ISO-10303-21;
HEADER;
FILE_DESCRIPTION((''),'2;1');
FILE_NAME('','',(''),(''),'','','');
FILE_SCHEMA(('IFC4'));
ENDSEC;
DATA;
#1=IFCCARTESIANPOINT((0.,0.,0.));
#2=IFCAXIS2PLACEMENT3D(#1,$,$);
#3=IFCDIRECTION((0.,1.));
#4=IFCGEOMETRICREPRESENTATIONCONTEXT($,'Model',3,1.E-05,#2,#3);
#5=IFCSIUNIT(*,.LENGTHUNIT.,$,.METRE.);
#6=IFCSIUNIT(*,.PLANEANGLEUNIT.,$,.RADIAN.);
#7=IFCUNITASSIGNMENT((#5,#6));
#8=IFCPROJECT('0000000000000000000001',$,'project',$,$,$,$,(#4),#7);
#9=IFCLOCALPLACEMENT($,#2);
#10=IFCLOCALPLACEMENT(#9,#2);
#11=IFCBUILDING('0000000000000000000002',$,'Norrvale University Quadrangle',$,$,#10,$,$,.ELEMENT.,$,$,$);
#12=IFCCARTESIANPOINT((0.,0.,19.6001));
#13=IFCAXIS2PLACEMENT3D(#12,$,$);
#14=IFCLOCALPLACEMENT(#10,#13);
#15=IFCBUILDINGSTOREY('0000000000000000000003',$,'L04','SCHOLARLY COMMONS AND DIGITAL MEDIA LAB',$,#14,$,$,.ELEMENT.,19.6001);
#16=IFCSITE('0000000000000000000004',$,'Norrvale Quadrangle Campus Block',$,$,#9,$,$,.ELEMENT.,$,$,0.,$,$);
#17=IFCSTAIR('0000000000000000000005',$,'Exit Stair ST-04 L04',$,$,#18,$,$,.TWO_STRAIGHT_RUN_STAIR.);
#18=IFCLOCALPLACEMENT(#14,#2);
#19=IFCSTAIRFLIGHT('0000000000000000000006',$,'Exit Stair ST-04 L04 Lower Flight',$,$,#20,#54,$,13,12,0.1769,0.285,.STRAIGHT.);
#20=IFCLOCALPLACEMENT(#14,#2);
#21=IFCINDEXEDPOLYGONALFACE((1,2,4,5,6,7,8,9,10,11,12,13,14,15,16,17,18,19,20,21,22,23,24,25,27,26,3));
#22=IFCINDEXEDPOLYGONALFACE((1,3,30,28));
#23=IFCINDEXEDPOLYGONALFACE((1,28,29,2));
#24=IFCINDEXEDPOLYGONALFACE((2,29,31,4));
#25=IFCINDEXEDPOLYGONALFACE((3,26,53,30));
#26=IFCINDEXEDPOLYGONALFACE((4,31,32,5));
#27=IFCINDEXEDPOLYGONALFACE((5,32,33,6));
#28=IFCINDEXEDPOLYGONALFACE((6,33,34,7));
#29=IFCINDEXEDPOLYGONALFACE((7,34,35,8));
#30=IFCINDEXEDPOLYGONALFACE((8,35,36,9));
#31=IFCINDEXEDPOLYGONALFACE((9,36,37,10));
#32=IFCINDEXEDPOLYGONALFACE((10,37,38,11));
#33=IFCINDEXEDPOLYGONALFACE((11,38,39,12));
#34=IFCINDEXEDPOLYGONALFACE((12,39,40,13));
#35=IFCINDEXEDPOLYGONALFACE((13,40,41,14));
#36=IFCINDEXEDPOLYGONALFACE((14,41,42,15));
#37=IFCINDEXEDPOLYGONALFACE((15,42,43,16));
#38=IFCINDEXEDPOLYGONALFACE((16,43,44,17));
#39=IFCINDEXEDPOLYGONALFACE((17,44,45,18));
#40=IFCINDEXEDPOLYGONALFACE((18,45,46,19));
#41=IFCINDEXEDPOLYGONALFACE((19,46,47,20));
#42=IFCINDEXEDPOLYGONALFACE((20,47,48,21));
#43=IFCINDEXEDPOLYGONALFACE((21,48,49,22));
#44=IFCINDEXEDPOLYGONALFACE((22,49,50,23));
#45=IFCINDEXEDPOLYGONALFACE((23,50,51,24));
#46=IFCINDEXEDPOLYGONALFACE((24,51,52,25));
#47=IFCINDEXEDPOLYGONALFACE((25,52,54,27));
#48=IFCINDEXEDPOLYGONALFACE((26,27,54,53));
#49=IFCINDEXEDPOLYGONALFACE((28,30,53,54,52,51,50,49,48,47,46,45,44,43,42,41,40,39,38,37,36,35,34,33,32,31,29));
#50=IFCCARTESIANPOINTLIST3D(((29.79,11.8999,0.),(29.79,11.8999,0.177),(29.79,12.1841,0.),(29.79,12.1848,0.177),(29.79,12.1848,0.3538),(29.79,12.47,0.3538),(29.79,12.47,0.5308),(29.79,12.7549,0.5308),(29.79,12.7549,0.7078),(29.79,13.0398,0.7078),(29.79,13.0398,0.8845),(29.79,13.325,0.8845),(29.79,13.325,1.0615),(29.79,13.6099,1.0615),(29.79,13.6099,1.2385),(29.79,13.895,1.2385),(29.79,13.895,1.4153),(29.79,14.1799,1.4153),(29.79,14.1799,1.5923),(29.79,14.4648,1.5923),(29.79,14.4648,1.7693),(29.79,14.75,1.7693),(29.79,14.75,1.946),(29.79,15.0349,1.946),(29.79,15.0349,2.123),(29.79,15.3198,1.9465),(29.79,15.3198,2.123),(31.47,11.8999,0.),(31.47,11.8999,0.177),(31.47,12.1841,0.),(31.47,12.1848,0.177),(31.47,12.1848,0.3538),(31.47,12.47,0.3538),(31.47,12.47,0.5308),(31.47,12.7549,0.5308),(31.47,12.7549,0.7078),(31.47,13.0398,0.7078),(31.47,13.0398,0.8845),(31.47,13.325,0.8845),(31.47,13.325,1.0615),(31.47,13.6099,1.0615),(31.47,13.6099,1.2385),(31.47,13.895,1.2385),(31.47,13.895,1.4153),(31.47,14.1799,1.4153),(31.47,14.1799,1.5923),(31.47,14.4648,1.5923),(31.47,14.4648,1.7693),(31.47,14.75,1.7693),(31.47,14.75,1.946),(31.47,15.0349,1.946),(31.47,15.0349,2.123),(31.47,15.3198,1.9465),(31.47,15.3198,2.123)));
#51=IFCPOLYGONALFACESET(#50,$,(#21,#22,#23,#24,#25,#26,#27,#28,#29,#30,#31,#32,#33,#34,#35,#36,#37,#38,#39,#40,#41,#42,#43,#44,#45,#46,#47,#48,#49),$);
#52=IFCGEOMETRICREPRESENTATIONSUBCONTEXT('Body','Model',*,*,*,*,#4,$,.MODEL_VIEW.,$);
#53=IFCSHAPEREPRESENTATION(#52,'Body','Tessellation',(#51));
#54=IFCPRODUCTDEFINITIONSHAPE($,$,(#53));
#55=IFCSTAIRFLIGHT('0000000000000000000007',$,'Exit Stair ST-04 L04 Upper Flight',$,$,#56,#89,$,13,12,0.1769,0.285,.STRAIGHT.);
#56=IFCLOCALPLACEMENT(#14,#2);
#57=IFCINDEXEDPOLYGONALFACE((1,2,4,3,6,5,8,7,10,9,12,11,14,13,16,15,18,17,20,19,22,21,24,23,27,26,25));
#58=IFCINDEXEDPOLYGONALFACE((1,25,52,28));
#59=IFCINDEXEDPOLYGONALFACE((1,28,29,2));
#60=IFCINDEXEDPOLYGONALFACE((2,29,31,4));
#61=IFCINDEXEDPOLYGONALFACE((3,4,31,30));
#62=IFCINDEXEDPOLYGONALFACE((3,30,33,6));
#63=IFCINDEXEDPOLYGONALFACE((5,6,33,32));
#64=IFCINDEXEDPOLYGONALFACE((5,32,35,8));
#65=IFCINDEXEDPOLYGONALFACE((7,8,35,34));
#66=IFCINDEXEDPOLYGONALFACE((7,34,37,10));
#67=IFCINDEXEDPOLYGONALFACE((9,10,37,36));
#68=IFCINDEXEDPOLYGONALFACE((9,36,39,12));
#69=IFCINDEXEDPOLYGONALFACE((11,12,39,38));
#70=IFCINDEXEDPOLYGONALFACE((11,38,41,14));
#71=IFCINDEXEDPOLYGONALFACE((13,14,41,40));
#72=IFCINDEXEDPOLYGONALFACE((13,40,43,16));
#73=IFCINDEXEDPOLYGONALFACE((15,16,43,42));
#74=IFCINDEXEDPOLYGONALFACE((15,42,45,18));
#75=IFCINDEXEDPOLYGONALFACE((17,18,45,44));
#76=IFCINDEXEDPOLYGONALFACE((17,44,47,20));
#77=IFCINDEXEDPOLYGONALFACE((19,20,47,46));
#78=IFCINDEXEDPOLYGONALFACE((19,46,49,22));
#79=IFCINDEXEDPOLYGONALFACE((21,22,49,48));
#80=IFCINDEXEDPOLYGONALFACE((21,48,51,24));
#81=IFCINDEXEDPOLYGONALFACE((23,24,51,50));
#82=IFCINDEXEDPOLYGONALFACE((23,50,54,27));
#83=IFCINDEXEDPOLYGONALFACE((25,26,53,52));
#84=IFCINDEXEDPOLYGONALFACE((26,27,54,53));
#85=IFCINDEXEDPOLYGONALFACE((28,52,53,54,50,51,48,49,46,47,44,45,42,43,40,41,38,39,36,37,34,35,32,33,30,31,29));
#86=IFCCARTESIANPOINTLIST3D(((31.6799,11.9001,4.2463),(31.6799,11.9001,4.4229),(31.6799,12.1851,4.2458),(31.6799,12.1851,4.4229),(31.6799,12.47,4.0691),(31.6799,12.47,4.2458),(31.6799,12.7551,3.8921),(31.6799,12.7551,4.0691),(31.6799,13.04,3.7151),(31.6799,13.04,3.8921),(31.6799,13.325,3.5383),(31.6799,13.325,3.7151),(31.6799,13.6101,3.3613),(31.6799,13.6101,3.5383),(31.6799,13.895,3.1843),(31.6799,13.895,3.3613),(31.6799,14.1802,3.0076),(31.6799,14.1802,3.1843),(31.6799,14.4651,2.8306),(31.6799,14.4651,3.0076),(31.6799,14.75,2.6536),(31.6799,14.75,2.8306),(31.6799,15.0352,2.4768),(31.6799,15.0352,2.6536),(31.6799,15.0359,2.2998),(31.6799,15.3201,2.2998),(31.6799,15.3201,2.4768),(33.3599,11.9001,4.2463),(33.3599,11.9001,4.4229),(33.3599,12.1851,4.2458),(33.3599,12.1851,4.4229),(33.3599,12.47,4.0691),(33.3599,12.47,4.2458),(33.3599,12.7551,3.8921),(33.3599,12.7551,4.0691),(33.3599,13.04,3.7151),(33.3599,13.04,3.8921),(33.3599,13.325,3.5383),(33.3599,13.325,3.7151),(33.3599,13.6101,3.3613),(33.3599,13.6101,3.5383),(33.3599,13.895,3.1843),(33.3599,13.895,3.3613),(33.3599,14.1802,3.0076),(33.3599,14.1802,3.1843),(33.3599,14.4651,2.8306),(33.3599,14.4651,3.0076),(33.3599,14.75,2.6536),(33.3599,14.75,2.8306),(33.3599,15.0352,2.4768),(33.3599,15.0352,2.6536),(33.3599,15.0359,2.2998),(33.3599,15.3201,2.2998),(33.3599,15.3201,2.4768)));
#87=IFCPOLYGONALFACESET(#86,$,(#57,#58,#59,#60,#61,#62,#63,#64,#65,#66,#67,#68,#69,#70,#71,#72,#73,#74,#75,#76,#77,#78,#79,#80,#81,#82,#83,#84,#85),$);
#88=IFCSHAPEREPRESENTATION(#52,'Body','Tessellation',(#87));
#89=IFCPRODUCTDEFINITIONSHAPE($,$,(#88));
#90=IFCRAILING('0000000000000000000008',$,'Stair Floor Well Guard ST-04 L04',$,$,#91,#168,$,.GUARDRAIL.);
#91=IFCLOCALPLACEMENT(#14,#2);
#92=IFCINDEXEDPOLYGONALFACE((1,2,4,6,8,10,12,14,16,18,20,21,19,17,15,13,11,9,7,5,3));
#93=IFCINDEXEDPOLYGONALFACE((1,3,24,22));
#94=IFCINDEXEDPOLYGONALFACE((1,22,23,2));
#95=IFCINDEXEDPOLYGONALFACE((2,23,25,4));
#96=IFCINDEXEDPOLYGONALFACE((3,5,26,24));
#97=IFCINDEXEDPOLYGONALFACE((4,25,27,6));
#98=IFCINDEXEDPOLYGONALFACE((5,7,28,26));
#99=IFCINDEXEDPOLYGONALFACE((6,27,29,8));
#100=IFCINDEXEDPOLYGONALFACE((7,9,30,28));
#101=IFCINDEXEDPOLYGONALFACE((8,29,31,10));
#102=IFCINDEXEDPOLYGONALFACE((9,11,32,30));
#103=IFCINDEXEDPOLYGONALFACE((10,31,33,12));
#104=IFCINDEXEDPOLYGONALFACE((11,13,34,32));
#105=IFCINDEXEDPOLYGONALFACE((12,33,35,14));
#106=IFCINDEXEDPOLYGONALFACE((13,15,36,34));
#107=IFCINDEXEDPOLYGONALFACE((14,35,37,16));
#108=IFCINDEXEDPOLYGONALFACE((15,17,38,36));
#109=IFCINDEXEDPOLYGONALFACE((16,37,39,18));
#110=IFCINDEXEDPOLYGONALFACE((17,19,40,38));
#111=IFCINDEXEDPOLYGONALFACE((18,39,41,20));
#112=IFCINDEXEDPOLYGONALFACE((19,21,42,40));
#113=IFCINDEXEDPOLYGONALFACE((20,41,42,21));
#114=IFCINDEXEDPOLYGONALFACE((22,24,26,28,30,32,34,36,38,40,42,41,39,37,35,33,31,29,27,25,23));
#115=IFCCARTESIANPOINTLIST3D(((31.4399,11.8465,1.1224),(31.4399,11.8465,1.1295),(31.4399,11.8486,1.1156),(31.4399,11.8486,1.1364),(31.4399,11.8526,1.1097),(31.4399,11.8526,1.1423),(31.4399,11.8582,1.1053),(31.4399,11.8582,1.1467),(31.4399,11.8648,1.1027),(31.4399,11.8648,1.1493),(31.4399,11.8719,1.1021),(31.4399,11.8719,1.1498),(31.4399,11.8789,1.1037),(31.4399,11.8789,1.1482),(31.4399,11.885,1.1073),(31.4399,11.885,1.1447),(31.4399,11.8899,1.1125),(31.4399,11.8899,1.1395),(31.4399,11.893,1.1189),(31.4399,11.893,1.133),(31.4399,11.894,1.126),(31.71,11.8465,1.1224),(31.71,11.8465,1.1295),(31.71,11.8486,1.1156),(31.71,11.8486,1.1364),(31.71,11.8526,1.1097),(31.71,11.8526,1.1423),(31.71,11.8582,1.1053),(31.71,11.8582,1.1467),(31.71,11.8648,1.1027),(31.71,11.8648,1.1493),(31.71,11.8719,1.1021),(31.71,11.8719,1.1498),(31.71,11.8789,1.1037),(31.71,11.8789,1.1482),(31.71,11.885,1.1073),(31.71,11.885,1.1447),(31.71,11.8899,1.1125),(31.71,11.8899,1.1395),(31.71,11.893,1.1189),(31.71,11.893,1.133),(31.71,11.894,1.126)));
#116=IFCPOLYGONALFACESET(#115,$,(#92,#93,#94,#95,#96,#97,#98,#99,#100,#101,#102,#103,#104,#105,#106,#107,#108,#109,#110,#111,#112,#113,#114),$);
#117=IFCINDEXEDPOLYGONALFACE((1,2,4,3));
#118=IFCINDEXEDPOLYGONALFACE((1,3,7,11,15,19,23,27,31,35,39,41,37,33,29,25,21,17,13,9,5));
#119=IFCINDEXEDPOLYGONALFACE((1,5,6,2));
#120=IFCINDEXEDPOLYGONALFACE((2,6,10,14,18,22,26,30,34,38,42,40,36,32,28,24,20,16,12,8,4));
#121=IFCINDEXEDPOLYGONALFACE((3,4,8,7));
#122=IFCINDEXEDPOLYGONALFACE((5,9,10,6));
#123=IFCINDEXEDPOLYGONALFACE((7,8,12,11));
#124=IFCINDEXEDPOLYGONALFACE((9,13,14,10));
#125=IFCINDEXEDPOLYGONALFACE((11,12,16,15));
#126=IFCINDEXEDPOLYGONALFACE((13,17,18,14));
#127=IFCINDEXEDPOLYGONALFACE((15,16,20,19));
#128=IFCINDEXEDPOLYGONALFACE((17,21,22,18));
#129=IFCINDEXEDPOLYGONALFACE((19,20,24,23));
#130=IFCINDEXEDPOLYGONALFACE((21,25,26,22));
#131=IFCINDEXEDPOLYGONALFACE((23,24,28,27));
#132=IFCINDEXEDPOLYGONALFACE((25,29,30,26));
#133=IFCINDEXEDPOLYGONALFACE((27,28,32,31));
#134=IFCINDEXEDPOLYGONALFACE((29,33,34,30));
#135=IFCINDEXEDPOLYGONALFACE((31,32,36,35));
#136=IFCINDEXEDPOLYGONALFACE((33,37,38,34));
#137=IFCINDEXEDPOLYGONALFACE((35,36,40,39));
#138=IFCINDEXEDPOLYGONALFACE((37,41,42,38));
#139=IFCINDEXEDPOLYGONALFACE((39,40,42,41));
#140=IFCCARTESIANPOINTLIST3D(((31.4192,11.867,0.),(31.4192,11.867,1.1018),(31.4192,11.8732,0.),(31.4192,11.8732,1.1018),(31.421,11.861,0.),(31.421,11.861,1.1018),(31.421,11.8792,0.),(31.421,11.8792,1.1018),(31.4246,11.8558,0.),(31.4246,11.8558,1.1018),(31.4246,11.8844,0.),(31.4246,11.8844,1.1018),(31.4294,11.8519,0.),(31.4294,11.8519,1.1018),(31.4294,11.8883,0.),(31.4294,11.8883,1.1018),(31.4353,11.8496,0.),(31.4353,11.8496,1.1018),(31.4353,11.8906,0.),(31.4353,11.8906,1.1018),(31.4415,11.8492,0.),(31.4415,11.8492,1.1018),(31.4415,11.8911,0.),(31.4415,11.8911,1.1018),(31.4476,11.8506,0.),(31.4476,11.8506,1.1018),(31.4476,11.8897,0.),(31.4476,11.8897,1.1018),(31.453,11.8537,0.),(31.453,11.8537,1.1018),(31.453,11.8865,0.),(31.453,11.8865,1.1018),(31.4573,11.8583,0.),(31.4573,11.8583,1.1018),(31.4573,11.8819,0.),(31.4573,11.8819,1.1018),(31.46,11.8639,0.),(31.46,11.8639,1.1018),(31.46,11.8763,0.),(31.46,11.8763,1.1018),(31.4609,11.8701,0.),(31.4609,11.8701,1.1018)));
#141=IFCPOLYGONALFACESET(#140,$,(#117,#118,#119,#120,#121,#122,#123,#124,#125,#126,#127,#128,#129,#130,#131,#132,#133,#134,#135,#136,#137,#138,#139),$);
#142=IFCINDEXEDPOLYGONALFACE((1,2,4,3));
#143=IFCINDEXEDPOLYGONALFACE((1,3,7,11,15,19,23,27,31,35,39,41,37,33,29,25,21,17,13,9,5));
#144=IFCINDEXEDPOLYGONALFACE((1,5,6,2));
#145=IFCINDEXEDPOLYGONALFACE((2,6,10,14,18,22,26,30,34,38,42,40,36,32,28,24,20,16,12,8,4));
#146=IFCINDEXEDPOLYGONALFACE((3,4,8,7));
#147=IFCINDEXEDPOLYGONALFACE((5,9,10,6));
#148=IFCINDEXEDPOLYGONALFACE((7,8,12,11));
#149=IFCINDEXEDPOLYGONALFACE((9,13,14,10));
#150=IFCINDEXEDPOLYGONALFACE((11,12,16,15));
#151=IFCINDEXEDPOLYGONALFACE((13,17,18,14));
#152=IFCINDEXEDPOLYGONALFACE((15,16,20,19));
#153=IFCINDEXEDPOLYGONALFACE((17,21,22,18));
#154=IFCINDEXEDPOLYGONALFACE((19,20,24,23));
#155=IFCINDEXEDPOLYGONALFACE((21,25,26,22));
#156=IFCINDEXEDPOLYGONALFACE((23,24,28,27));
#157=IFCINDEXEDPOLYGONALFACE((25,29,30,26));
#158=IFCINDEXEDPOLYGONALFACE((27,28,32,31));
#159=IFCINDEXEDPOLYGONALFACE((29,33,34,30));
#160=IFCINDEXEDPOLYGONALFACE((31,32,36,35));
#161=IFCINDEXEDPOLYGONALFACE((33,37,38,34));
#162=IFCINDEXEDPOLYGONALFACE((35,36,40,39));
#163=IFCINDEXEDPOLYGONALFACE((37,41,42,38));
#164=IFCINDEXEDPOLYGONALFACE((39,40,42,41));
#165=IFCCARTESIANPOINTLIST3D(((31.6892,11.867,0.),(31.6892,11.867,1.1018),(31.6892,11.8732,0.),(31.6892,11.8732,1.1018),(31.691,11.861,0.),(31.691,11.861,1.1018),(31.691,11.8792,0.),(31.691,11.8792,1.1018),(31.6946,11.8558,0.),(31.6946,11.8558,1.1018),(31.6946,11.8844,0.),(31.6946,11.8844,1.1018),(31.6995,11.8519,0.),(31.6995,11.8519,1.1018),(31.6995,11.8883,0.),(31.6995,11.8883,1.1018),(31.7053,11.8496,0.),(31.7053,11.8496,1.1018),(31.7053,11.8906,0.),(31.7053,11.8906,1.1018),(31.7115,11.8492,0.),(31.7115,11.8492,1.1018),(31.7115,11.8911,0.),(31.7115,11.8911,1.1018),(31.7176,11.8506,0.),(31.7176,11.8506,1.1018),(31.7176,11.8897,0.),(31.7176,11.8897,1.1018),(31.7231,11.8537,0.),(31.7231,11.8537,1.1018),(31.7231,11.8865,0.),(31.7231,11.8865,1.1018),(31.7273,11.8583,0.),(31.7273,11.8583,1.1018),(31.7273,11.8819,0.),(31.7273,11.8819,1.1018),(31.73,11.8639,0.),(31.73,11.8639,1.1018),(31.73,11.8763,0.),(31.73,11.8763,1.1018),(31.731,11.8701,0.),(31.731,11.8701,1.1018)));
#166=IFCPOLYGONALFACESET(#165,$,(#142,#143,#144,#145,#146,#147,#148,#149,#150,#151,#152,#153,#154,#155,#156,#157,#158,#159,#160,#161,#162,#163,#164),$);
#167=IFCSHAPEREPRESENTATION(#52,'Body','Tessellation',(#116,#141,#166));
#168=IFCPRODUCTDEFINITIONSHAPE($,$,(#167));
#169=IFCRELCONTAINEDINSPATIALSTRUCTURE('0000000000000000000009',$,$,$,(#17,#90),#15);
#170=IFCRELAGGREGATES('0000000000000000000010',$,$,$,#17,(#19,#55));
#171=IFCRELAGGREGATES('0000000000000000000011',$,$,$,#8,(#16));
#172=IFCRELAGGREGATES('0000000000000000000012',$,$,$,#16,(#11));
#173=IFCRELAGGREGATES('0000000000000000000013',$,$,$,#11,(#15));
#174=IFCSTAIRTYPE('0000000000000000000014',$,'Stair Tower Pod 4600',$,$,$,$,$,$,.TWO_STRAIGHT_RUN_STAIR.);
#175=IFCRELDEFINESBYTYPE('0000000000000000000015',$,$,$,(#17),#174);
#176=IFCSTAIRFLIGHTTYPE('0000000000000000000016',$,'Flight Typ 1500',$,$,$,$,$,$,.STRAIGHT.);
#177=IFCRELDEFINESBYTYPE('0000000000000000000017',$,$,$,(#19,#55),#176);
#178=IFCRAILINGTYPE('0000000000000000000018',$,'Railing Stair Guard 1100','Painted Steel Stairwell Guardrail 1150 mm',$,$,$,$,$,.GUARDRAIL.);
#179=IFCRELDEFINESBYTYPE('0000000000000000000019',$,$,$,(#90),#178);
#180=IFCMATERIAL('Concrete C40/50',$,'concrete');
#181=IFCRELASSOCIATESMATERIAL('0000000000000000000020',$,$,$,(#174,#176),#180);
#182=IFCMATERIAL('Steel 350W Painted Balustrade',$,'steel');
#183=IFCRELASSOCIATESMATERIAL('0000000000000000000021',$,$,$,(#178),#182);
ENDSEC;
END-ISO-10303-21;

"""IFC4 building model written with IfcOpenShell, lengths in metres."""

from ifc_helpers import new_model, si_unit, direction, frame, origin, origin_2d, place, context, subcontext, project, spatial, polyline, circle, outline, extrude, material, type_object, element, aggregate, save


model = new_model("IFC4")

# Units and contexts
model_context = context("Model", 3, precision=1e-05, world=origin(), true_north=direction((0.0, 1.0)))
body_context = subcontext(model_context, "Body", "Model", "MODEL_VIEW")
ifc_project = project(units=[si_unit("LENGTHUNIT", "METRE"), si_unit("PLANEANGLEUNIT", "RADIAN")], contexts=[model_context])

# Site, building, storey
site_placement = place(None, origin())
site = spatial("IfcSite", under=ifc_project, at=site_placement, Name="Norrvale Quadrangle Campus Block", CompositionType="ELEMENT", RefElevation=0.0)
building_placement = place(site_placement, origin())
building = spatial("IfcBuilding", under=site, at=building_placement, Name="Norrvale University Quadrangle", CompositionType="ELEMENT")
storey_placement = place(building_placement, frame((0.0, 0.0, 19.6001)))
storey = spatial("IfcBuildingStorey", under=building, at=storey_placement, Name="L04", Description="SCHOLARLY COMMONS AND DIGITAL MEDIA LAB", CompositionType="ELEMENT", Elevation=19.6001)

# Stair, stair flights
ifc_material_1 = material(Name="Concrete C40/50", Category="concrete")
stair_type = type_object("IfcStairType", Name="Stair Tower Pod 4600", PredefinedType="TWO_STRAIGHT_RUN_STAIR", material=ifc_material_1)
stair_placement = place(storey_placement, origin())
stair = element("IfcStair", 1, at=stair_placement, inside=storey, type_object=stair_type, Name="Exit Stair ST-04 L04", PredefinedType="TWO_STRAIGHT_RUN_STAIR")
stair_flight_type = type_object("IfcStairFlightType", Name="Flight Typ 1500", PredefinedType="STRAIGHT", material=ifc_material_1)
stair_flight_1_placement = place(storey_placement, frame((30.6299, 11.8999, 0.0), z_axis=(0.0, 0.0, 1.0), x_axis=(0.0, 1.0, 0.0)))
stair_flight_1 = element("IfcStairFlight", 2, at=stair_flight_1_placement, type_object=stair_flight_type, Name="Exit Stair ST-04 L04 Lower Flight", NumberOfRisers=13, NumberOfTreads=12, PredefinedType="STRAIGHT", RiserHeight=0.1769, TreadLength=0.285, context=body_context, shape_type="SweptSolid", body=[
    extrude(outline(polyline([(0.0, 0.0), (0.0, 0.177), (0.2849, 0.177), (0.2849, 0.3538), (0.5701, 0.3538), (0.5701, 0.5308), (0.855, 0.5308), (0.855, 0.7078), (1.1399, 0.7078), (1.1399, 0.8845), (1.425, 0.8845), (1.425, 1.0615), (1.71, 1.0615), (1.71, 1.2385), (1.9951, 1.2385), (1.9951, 1.4153), (2.28, 1.4153), (2.28, 1.5923), (2.5649, 1.5923), (2.5649, 1.7693), (2.8501, 1.7693), (2.8501, 1.946), (3.135, 1.946), (3.135, 2.123), (3.4199, 2.123), (3.4199, 2.3), (3.4199, 1.9465), (0.2842, 0.0), (0.0, 0.0)])), frame((0.0, 0.8398, 0.0), z_axis=(0.0, -1.0, 0.0), x_axis=(1.0, 0.0, 0.0)), (0.0, 0.0, 1.0), 1.6799),
])
stair_flight_2_placement = place(storey_placement, frame((32.52, 15.3201, 2.2998), z_axis=(0.0, 0.0, 1.0), x_axis=(0.0, -1.0, 0.0)))
stair_flight_2 = element("IfcStairFlight", 3, at=stair_flight_2_placement, type_object=stair_flight_type, Name="Exit Stair ST-04 L04 Upper Flight", NumberOfRisers=13, NumberOfTreads=12, PredefinedType="STRAIGHT", RiserHeight=0.1769, TreadLength=0.285, context=body_context, shape_type="SweptSolid", body=[
    extrude(outline(polyline([(0.0, 0.0), (0.0, 0.177), (0.2849, 0.177), (0.2849, 0.3538), (0.5701, 0.3538), (0.5701, 0.5308), (0.855, 0.5308), (0.855, 0.7078), (1.1399, 0.7078), (1.1399, 0.8845), (1.425, 0.8845), (1.425, 1.0615), (1.71, 1.0615), (1.71, 1.2385), (1.9951, 1.2385), (1.9951, 1.4153), (2.28, 1.4153), (2.28, 1.5923), (2.5649, 1.5923), (2.5649, 1.7693), (2.8501, 1.7693), (2.8501, 1.946), (3.135, 1.946), (3.135, 2.123), (3.4199, 2.123), (3.4199, 2.3), (3.4199, 1.9465), (0.2842, 0.0), (0.0, 0.0)])), frame((0.0, 0.8398, 0.0), z_axis=(0.0, -1.0, 0.0), x_axis=(1.0, 0.0, 0.0)), (0.0, 0.0, 1.0), 1.6799),
])
aggregate(stair, [stair_flight_1, stair_flight_2])

# Railing
ifc_material_2 = material(Name="Steel 350W Painted Balustrade", Category="steel")
railing_type_1 = type_object("IfcRailingType", Name="Railing Stair Guard 1100", Description="Painted Steel Stairwell Guardrail 1150 mm", PredefinedType="GUARDRAIL", material=ifc_material_2)
for number, where, name in (
    (4, (31.4399, 11.8701, 0.0), "Stair Floor Well Guard ST-04 L04"),
):
    element("IfcRailing", number, at=place(storey_placement, frame(where)), inside=storey, type_object=railing_type_1, Name=name, PredefinedType="GUARDRAIL", context=body_context, shape_type="SweptSolid", body=[
        extrude(circle(Radius=0.0239, at=origin_2d()), frame((0.0, 0.0, 1.126), z_axis=(1.0, 0.0, 0.0), x_axis=(0.0, 1.0, 0.0)), (0.0, 0.0, 1.0), 0.27),
        extrude(circle(Radius=0.021, at=origin_2d()), origin(), (0.0, 0.0, 1.0), 1.1018),
        extrude(circle(Radius=0.021, at=origin_2d()), frame((0.27, 0.0, 0.0)), (0.0, 0.0, 1.0), 1.1018),
    ])

save(model, "model.ifc")
